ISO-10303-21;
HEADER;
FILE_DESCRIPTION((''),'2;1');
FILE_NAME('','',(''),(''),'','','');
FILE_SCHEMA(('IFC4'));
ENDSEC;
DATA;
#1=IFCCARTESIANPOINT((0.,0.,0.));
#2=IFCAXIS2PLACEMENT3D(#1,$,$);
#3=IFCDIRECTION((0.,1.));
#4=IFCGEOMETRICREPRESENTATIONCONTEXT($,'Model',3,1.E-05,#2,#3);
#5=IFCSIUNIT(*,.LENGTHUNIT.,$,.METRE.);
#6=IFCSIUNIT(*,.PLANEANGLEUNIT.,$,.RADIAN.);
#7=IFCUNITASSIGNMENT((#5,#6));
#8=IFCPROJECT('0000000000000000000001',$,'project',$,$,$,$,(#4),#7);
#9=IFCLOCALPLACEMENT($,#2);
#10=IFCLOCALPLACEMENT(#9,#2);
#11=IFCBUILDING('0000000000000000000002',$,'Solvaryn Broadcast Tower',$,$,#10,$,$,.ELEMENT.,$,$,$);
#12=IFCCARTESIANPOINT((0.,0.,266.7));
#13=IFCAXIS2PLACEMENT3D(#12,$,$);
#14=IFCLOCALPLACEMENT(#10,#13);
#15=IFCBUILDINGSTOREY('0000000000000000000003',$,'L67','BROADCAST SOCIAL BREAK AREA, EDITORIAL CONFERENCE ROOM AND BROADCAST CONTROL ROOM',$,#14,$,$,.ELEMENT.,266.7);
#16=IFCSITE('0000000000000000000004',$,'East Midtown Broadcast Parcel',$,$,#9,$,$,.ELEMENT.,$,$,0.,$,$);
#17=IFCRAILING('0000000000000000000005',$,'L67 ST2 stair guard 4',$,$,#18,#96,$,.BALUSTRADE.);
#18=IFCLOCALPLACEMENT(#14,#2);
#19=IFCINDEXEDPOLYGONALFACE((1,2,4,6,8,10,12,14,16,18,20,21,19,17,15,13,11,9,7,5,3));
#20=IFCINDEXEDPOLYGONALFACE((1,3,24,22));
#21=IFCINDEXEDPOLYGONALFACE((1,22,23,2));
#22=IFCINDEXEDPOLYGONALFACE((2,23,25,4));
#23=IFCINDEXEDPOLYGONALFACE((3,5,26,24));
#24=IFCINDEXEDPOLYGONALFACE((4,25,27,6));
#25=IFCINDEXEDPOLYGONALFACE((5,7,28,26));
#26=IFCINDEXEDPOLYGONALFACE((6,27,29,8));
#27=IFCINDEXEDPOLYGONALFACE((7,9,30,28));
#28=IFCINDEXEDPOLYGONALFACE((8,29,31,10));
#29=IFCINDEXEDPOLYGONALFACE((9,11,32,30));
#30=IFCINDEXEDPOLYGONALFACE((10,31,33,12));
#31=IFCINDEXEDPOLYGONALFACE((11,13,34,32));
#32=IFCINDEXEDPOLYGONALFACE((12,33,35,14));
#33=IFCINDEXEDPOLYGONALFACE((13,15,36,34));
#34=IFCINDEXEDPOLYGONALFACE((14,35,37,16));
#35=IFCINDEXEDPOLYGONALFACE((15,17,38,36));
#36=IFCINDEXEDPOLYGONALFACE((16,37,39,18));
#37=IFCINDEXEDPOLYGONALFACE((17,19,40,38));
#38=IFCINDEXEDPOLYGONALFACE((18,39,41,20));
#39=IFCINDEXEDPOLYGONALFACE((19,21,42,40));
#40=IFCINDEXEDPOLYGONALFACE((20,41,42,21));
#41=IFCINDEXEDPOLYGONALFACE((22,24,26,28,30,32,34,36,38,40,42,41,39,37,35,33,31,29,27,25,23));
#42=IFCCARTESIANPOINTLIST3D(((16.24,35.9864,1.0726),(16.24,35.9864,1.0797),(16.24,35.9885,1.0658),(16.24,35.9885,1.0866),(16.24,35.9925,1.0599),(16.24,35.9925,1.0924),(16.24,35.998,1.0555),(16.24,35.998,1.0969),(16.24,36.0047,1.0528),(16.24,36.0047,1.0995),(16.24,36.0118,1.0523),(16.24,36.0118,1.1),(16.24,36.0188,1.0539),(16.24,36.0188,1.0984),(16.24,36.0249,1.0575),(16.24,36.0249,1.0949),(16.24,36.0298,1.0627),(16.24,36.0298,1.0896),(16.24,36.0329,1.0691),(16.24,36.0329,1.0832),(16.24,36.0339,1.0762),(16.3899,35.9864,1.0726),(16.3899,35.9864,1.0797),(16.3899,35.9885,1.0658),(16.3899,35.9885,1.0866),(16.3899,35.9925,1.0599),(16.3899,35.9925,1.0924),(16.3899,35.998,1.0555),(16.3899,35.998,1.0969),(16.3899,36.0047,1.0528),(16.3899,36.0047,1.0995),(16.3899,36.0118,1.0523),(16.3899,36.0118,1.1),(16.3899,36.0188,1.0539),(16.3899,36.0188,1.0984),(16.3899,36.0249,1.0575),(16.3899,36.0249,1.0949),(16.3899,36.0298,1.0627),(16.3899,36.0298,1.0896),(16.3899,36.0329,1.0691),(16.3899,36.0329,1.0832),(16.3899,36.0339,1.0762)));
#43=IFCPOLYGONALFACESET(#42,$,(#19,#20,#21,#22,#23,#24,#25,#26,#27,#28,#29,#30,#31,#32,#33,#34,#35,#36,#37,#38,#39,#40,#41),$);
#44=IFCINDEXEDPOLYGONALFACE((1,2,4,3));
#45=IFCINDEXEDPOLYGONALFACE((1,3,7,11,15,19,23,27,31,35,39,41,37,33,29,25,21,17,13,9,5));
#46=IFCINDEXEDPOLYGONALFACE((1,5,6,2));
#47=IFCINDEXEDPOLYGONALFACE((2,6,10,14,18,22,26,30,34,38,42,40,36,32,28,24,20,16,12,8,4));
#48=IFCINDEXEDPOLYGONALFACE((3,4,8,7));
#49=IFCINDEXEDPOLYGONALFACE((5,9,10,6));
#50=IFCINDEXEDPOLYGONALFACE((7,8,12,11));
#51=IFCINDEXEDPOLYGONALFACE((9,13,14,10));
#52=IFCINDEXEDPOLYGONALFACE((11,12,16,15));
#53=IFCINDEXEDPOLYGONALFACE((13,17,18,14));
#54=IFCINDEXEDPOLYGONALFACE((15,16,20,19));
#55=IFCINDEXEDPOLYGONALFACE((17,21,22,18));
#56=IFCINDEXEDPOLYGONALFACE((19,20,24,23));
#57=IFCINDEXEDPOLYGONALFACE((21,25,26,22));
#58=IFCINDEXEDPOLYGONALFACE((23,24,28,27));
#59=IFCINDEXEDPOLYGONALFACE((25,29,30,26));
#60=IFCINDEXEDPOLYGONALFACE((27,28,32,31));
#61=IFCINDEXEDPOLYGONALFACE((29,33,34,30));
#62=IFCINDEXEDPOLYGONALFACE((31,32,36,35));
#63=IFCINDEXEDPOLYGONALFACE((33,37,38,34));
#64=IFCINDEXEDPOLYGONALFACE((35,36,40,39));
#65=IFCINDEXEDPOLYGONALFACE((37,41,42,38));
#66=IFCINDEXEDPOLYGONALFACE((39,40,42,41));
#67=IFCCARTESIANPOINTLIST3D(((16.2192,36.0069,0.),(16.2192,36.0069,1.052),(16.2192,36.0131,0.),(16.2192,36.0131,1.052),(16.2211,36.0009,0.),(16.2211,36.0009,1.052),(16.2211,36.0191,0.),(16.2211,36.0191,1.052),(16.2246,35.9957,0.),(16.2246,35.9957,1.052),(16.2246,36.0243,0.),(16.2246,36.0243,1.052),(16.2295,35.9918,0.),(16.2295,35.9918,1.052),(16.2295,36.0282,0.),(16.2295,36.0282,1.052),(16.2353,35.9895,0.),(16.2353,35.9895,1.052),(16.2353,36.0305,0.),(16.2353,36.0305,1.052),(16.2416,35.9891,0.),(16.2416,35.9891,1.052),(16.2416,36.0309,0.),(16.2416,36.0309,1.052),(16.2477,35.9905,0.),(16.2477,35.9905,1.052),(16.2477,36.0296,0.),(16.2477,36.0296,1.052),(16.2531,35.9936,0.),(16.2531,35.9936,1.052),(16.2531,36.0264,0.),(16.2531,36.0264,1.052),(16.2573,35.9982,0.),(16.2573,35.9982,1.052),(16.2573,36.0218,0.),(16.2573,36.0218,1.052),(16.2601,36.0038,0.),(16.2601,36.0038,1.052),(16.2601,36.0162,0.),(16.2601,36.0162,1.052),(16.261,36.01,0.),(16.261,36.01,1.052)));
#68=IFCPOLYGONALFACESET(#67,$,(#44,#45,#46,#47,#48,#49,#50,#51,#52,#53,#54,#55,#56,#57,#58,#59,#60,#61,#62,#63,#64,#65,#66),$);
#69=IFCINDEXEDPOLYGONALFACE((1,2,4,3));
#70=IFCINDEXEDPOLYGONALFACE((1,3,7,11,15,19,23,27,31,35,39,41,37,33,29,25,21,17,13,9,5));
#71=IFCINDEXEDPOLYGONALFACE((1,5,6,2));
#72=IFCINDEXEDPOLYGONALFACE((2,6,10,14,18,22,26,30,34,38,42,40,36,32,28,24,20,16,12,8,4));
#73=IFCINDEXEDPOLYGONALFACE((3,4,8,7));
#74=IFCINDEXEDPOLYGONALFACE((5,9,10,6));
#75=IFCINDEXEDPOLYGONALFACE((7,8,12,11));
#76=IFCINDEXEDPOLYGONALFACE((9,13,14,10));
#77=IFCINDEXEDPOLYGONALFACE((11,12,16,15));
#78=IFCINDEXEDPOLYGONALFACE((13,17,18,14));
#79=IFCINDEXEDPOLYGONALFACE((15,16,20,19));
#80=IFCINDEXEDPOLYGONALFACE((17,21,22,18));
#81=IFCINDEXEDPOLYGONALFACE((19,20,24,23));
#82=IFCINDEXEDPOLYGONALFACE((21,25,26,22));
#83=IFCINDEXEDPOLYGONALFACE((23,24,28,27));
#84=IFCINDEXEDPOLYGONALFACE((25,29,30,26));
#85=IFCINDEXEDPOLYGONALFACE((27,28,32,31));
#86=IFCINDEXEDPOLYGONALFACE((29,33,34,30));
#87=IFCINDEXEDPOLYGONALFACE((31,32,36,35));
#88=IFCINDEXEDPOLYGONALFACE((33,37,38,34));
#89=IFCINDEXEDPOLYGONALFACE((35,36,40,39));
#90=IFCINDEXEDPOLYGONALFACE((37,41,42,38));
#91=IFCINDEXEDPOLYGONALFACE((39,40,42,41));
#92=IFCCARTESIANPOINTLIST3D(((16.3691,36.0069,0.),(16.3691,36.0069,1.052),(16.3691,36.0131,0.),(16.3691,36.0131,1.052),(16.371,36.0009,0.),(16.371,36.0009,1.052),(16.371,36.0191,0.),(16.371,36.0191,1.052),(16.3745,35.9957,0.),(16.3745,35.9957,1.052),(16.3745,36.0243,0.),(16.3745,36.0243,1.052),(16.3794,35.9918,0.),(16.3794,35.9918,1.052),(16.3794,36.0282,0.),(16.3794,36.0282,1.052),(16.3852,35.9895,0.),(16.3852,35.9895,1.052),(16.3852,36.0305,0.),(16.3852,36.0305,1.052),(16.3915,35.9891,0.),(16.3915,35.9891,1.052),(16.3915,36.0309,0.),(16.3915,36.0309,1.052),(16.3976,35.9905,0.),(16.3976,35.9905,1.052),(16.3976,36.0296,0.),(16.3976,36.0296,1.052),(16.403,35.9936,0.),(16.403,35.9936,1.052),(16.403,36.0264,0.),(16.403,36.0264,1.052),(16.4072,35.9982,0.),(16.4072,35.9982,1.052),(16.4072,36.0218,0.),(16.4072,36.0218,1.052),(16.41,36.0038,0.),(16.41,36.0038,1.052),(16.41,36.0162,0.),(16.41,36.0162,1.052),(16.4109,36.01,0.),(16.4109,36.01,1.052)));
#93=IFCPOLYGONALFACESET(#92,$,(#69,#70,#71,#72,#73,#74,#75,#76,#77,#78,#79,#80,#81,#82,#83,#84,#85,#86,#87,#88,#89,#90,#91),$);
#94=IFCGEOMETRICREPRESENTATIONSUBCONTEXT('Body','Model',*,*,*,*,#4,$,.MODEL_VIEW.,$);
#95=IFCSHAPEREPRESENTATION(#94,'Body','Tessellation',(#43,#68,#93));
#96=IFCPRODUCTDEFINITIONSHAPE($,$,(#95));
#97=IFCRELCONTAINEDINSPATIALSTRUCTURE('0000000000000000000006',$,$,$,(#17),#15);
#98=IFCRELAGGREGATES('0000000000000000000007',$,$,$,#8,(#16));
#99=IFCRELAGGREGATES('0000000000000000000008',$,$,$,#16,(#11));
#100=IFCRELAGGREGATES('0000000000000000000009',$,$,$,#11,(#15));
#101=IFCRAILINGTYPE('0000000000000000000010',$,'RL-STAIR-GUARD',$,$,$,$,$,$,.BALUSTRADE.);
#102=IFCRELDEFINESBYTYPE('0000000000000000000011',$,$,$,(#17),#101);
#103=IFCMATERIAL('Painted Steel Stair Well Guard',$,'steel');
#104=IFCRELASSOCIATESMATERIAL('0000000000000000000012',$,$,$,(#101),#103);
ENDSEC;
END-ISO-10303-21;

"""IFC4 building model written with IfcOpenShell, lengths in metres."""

from ifc_helpers import new_model, si_unit, direction, frame, origin, origin_2d, place, context, subcontext, project, spatial, circle, extrude, material, type_object, element, save


model = new_model("IFC4")

# Units and contexts
model_context = context("Model", 3, precision=1e-05, world=origin(), true_north=direction((0.0, 1.0)))
body_context = subcontext(model_context, "Body", "Model", "MODEL_VIEW")
ifc_project = project(units=[si_unit("LENGTHUNIT", "METRE"), si_unit("PLANEANGLEUNIT", "RADIAN")], contexts=[model_context])

# Site, building, storey
site_placement = place(None, origin())
site = spatial("IfcSite", under=ifc_project, at=site_placement, Name="East Midtown Broadcast Parcel", CompositionType="ELEMENT", RefElevation=0.0)
building_placement = place(site_placement, origin())
building = spatial("IfcBuilding", under=site, at=building_placement, Name="Solvaryn Broadcast Tower", CompositionType="ELEMENT")
storey_placement = place(building_placement, frame((0.0, 0.0, 266.7)))
storey = spatial("IfcBuildingStorey", under=building, at=storey_placement, Name="L67", Description="BROADCAST SOCIAL BREAK AREA, EDITORIAL CONFERENCE ROOM AND BROADCAST CONTROL ROOM", CompositionType="ELEMENT", Elevation=266.7)

# Railing
ifc_material_1 = material(Name="Painted Steel Stair Well Guard", Category="steel")
railing_type_1 = type_object("IfcRailingType", Name="RL-STAIR-GUARD", PredefinedType="BALUSTRADE", material=ifc_material_1)
railing_1_placement = place(storey_placement, frame((16.24, 36.01, 0.0)))
element("IfcRailing", 1, at=railing_1_placement, inside=storey, type_object=railing_type_1, Name="L67 ST2 stair guard 4", PredefinedType="BALUSTRADE", context=body_context, shape_type="SweptSolid", body=[
    extrude(circle(Radius=0.0239, at=origin_2d()), frame((0.0, 0.0, 1.0762), z_axis=(1.0, 0.0, 0.0), x_axis=(0.0, 1.0, 0.0)), (0.0, 0.0, 1.0), 0.1499),
    extrude(circle(Radius=0.021, at=origin_2d()), origin(), (0.0, 0.0, 1.0), 1.052),
    extrude(circle(Radius=0.021, at=origin_2d()), frame((0.1499, 0.0, 0.0)), (0.0, 0.0, 1.0), 1.052),
])

save(model, "model.ifc")
